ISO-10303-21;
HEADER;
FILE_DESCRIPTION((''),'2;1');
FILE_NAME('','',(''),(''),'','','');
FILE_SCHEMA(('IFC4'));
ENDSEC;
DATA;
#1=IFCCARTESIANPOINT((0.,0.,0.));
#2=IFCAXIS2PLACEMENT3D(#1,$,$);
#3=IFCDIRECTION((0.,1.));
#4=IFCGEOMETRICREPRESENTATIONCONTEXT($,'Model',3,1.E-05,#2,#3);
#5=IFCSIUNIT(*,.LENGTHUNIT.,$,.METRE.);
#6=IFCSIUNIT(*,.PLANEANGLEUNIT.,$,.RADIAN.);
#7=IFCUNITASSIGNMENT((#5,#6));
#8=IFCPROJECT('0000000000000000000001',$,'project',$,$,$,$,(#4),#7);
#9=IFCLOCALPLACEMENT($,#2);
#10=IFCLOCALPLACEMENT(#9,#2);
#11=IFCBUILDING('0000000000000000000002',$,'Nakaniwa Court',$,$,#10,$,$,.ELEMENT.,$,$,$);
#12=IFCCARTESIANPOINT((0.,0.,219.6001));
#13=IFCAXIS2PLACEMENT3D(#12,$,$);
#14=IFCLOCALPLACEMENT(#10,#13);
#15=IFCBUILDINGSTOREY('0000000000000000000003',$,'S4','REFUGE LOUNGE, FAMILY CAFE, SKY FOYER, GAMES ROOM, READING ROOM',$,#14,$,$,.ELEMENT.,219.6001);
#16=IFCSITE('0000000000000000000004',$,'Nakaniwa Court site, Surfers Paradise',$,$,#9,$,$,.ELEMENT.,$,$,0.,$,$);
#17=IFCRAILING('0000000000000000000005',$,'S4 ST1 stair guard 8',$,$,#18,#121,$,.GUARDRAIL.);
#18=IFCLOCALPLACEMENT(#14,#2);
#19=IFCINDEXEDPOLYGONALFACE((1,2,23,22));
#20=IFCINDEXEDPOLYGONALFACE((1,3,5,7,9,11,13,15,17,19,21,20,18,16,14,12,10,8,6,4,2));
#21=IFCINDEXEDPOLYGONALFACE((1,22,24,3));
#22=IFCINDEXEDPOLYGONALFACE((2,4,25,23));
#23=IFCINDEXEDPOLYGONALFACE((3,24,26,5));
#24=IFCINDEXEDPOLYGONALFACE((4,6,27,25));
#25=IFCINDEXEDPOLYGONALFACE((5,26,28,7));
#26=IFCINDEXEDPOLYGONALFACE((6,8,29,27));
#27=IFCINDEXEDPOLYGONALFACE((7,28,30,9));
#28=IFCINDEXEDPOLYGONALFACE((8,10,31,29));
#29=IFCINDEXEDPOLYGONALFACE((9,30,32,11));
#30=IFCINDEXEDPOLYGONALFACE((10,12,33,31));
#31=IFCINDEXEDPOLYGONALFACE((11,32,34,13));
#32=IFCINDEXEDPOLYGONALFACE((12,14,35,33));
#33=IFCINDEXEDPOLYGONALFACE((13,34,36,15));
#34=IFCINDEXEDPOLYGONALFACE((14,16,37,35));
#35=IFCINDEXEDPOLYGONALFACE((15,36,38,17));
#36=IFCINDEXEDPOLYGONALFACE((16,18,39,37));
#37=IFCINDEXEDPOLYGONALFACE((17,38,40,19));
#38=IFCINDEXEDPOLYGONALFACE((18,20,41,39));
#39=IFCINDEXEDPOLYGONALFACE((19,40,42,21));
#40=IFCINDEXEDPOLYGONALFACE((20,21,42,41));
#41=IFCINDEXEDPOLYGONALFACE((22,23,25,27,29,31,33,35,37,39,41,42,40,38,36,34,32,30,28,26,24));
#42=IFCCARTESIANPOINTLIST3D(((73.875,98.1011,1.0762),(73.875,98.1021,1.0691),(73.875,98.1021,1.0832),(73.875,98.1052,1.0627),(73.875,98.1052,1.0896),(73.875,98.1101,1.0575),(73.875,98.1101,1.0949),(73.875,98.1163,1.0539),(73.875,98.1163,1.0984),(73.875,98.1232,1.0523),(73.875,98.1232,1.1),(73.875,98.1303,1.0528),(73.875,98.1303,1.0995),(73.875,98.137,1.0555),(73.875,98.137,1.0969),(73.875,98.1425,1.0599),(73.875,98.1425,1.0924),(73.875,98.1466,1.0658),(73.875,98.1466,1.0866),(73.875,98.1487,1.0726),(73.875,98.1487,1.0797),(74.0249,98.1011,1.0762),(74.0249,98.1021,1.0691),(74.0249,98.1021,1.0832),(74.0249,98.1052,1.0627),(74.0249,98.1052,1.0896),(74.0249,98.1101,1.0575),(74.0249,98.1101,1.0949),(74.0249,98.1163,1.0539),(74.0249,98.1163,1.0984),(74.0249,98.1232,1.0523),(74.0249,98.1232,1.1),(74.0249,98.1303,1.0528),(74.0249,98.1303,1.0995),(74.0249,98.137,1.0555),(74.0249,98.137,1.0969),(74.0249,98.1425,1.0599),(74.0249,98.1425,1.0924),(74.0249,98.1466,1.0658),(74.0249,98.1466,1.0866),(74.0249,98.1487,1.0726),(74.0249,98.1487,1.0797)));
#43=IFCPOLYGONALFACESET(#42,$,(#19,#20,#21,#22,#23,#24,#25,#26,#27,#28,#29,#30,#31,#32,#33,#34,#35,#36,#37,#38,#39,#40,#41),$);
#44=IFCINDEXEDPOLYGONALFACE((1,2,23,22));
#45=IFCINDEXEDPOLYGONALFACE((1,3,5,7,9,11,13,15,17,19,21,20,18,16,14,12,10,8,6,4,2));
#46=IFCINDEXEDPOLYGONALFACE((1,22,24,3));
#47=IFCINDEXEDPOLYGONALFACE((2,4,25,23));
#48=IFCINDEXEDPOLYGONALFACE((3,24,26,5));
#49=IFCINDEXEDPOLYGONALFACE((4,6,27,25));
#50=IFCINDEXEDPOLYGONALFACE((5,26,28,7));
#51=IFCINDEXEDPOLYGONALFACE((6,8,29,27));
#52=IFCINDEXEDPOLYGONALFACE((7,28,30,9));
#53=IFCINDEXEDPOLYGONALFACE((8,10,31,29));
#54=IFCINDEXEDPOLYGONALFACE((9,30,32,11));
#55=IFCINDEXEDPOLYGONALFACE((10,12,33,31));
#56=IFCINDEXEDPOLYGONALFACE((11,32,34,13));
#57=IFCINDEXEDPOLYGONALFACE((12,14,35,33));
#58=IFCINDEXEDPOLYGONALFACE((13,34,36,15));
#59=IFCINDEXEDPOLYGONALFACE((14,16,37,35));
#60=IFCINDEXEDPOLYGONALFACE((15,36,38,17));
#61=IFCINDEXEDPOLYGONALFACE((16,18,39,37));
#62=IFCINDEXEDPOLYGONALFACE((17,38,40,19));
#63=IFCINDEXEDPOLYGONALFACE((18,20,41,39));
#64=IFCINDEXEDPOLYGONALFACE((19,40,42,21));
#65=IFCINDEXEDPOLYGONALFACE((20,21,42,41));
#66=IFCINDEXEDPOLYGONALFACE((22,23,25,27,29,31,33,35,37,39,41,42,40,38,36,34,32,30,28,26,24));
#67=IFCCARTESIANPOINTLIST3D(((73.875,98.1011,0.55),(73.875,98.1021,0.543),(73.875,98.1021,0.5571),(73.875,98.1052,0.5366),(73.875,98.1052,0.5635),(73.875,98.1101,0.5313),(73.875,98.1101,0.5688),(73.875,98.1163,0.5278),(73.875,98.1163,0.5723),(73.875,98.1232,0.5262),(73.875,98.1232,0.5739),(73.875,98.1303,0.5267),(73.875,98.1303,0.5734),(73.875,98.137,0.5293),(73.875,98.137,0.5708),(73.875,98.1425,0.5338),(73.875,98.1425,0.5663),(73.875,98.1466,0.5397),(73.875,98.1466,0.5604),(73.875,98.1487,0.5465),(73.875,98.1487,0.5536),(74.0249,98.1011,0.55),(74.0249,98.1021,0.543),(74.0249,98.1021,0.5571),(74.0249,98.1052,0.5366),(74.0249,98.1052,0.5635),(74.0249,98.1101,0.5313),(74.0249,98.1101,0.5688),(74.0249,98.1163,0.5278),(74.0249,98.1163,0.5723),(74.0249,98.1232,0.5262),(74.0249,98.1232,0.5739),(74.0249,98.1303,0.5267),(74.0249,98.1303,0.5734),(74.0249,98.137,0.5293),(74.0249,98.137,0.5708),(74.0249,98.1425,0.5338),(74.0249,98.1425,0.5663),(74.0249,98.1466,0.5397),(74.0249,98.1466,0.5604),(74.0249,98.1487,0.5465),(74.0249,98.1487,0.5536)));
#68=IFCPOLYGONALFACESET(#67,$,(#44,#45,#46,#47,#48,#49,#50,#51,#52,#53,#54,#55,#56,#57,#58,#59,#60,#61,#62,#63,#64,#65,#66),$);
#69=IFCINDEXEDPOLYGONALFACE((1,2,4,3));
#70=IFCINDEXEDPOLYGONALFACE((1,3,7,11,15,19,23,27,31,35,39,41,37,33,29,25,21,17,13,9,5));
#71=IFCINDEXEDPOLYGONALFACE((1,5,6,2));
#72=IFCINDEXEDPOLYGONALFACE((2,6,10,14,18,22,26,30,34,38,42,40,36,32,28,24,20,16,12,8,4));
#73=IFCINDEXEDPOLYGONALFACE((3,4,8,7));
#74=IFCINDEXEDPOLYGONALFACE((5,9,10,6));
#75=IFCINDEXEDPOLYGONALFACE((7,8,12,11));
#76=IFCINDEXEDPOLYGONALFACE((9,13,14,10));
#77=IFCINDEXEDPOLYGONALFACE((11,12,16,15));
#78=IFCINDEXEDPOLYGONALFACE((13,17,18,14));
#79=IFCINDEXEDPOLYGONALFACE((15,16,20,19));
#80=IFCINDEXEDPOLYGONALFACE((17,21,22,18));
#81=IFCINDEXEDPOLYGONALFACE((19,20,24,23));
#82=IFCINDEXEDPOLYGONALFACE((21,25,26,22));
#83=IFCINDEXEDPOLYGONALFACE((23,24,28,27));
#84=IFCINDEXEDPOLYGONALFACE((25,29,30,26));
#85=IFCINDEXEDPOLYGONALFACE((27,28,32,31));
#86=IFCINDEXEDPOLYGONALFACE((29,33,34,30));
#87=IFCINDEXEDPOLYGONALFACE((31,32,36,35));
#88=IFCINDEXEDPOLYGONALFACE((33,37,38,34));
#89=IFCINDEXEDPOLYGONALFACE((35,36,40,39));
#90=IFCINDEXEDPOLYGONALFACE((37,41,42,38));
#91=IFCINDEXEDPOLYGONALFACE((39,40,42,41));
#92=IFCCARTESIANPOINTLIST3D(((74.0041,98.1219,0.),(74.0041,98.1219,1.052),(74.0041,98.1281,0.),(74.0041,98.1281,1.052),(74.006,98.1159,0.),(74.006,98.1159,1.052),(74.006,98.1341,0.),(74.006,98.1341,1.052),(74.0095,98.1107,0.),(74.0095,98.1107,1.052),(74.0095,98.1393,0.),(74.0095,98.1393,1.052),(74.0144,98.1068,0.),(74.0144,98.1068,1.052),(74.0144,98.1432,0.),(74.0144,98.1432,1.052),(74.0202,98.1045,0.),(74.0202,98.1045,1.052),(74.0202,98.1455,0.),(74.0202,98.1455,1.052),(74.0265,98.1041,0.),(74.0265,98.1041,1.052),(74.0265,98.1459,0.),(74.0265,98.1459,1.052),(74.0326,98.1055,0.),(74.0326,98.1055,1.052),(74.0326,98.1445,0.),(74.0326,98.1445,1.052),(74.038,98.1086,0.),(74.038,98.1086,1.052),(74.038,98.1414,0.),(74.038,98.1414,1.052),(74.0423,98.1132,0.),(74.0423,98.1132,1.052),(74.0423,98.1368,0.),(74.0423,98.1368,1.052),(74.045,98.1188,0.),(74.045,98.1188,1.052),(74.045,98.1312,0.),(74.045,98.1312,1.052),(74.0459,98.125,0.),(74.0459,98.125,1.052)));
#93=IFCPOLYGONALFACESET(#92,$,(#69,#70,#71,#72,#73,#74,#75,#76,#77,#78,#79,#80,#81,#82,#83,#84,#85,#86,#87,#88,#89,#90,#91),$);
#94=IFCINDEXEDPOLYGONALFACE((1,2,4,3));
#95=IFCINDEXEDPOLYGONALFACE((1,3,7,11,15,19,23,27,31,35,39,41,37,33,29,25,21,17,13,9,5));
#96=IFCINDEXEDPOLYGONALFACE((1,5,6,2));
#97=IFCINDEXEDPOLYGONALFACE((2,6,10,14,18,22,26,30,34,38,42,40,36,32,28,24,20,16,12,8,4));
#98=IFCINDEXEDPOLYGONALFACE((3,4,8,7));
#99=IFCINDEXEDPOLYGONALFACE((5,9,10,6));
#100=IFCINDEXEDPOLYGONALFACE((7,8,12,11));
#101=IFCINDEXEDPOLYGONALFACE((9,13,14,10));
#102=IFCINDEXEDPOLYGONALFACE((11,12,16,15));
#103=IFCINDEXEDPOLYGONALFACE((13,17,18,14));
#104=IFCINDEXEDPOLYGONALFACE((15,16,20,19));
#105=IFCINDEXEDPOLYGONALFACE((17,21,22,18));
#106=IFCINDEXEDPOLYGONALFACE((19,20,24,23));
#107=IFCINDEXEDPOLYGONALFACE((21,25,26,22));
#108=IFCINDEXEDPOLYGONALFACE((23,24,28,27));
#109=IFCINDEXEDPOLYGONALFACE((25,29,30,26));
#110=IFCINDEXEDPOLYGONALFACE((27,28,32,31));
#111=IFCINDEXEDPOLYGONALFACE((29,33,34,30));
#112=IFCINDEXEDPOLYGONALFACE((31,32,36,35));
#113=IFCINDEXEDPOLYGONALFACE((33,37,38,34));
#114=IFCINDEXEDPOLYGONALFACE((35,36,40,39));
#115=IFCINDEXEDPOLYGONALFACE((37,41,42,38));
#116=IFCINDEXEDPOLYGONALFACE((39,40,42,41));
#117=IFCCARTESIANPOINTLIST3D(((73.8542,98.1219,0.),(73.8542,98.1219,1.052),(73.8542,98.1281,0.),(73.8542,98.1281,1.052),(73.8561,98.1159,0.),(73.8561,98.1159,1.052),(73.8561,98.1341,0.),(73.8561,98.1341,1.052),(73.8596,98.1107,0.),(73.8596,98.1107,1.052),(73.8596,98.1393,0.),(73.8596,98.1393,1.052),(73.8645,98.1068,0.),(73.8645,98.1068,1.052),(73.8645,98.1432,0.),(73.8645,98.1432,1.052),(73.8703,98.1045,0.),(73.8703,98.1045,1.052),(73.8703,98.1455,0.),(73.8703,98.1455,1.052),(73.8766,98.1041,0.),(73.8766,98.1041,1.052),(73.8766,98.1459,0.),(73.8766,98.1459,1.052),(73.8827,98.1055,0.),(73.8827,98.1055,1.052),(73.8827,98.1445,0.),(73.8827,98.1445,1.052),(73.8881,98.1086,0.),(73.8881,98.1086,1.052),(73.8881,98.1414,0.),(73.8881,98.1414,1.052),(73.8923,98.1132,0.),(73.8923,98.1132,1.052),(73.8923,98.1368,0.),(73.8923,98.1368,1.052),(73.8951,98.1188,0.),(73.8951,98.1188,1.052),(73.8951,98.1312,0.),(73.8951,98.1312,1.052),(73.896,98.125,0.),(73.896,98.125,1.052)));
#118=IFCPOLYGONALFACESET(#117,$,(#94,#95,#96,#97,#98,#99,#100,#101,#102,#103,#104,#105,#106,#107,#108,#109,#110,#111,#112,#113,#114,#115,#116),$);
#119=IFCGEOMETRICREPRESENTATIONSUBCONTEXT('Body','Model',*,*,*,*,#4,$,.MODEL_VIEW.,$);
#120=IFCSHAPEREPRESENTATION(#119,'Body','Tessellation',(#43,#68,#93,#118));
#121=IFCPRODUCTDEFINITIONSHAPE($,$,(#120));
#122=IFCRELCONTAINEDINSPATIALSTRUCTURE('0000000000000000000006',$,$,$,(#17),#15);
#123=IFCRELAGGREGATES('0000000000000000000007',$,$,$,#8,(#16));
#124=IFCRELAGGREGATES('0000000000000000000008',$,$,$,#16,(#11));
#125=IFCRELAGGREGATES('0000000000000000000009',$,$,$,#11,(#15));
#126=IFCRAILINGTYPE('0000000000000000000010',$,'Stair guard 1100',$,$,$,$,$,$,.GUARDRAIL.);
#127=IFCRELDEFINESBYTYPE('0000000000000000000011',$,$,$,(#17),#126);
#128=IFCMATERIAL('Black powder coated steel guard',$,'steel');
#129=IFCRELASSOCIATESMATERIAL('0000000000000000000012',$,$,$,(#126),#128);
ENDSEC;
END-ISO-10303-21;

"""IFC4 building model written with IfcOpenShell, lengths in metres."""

from ifc_helpers import new_model, si_unit, direction, frame, origin, origin_2d, place, context, subcontext, project, spatial, circle, extrude, material, type_object, element, save


model = new_model("IFC4")

# Units and contexts
model_context = context("Model", 3, precision=1e-05, world=origin(), true_north=direction((0.0, 1.0)))
body_context = subcontext(model_context, "Body", "Model", "MODEL_VIEW")
ifc_project = project(units=[si_unit("LENGTHUNIT", "METRE"), si_unit("PLANEANGLEUNIT", "RADIAN")], contexts=[model_context])

# Site, building, storey
site_placement = place(None, origin())
site = spatial("IfcSite", under=ifc_project, at=site_placement, Name="Nakaniwa Court site, Surfers Paradise", CompositionType="ELEMENT", RefElevation=0.0)
building_placement = place(site_placement, origin())
building = spatial("IfcBuilding", under=site, at=building_placement, Name="Nakaniwa Court", CompositionType="ELEMENT")
storey_placement = place(building_placement, frame((0.0, 0.0, 219.6001)))
storey = spatial("IfcBuildingStorey", under=building, at=storey_placement, Name="S4", Description="REFUGE LOUNGE, FAMILY CAFE, SKY FOYER, GAMES ROOM, READING ROOM", CompositionType="ELEMENT", Elevation=219.6001)

# Railing
ifc_material_1 = material(Name="Black powder coated steel guard", Category="steel")
railing_type_1 = type_object("IfcRailingType", Name="Stair guard 1100", PredefinedType="GUARDRAIL", material=ifc_material_1)
railing_1_placement = place(storey_placement, frame((74.0249, 98.125, 0.0)))
element("IfcRailing", 1, at=railing_1_placement, inside=storey, type_object=railing_type_1, Name="S4 ST1 stair guard 8", PredefinedType="GUARDRAIL", context=body_context, shape_type="SweptSolid", body=[
    extrude(circle(Radius=0.0239, at=origin_2d()), frame((0.0, 0.0, 1.0762), z_axis=(-1.0, 0.0, 0.0), x_axis=(0.0, -1.0, 0.0)), (0.0, 0.0, 1.0), 0.1499),
    extrude(circle(Radius=0.0239, at=origin_2d()), frame((0.0, 0.0, 0.55), z_axis=(-1.0, 0.0, 0.0), x_axis=(0.0, -1.0, 0.0)), (0.0, 0.0, 1.0), 0.1499),
    extrude(circle(Radius=0.021, at=origin_2d()), origin(), (0.0, 0.0, 1.0), 1.052),
    extrude(circle(Radius=0.021, at=origin_2d()), frame((-0.1499, 0.0, 0.0)), (0.0, 0.0, 1.0), 1.052),
])

save(model, "model.ifc")
